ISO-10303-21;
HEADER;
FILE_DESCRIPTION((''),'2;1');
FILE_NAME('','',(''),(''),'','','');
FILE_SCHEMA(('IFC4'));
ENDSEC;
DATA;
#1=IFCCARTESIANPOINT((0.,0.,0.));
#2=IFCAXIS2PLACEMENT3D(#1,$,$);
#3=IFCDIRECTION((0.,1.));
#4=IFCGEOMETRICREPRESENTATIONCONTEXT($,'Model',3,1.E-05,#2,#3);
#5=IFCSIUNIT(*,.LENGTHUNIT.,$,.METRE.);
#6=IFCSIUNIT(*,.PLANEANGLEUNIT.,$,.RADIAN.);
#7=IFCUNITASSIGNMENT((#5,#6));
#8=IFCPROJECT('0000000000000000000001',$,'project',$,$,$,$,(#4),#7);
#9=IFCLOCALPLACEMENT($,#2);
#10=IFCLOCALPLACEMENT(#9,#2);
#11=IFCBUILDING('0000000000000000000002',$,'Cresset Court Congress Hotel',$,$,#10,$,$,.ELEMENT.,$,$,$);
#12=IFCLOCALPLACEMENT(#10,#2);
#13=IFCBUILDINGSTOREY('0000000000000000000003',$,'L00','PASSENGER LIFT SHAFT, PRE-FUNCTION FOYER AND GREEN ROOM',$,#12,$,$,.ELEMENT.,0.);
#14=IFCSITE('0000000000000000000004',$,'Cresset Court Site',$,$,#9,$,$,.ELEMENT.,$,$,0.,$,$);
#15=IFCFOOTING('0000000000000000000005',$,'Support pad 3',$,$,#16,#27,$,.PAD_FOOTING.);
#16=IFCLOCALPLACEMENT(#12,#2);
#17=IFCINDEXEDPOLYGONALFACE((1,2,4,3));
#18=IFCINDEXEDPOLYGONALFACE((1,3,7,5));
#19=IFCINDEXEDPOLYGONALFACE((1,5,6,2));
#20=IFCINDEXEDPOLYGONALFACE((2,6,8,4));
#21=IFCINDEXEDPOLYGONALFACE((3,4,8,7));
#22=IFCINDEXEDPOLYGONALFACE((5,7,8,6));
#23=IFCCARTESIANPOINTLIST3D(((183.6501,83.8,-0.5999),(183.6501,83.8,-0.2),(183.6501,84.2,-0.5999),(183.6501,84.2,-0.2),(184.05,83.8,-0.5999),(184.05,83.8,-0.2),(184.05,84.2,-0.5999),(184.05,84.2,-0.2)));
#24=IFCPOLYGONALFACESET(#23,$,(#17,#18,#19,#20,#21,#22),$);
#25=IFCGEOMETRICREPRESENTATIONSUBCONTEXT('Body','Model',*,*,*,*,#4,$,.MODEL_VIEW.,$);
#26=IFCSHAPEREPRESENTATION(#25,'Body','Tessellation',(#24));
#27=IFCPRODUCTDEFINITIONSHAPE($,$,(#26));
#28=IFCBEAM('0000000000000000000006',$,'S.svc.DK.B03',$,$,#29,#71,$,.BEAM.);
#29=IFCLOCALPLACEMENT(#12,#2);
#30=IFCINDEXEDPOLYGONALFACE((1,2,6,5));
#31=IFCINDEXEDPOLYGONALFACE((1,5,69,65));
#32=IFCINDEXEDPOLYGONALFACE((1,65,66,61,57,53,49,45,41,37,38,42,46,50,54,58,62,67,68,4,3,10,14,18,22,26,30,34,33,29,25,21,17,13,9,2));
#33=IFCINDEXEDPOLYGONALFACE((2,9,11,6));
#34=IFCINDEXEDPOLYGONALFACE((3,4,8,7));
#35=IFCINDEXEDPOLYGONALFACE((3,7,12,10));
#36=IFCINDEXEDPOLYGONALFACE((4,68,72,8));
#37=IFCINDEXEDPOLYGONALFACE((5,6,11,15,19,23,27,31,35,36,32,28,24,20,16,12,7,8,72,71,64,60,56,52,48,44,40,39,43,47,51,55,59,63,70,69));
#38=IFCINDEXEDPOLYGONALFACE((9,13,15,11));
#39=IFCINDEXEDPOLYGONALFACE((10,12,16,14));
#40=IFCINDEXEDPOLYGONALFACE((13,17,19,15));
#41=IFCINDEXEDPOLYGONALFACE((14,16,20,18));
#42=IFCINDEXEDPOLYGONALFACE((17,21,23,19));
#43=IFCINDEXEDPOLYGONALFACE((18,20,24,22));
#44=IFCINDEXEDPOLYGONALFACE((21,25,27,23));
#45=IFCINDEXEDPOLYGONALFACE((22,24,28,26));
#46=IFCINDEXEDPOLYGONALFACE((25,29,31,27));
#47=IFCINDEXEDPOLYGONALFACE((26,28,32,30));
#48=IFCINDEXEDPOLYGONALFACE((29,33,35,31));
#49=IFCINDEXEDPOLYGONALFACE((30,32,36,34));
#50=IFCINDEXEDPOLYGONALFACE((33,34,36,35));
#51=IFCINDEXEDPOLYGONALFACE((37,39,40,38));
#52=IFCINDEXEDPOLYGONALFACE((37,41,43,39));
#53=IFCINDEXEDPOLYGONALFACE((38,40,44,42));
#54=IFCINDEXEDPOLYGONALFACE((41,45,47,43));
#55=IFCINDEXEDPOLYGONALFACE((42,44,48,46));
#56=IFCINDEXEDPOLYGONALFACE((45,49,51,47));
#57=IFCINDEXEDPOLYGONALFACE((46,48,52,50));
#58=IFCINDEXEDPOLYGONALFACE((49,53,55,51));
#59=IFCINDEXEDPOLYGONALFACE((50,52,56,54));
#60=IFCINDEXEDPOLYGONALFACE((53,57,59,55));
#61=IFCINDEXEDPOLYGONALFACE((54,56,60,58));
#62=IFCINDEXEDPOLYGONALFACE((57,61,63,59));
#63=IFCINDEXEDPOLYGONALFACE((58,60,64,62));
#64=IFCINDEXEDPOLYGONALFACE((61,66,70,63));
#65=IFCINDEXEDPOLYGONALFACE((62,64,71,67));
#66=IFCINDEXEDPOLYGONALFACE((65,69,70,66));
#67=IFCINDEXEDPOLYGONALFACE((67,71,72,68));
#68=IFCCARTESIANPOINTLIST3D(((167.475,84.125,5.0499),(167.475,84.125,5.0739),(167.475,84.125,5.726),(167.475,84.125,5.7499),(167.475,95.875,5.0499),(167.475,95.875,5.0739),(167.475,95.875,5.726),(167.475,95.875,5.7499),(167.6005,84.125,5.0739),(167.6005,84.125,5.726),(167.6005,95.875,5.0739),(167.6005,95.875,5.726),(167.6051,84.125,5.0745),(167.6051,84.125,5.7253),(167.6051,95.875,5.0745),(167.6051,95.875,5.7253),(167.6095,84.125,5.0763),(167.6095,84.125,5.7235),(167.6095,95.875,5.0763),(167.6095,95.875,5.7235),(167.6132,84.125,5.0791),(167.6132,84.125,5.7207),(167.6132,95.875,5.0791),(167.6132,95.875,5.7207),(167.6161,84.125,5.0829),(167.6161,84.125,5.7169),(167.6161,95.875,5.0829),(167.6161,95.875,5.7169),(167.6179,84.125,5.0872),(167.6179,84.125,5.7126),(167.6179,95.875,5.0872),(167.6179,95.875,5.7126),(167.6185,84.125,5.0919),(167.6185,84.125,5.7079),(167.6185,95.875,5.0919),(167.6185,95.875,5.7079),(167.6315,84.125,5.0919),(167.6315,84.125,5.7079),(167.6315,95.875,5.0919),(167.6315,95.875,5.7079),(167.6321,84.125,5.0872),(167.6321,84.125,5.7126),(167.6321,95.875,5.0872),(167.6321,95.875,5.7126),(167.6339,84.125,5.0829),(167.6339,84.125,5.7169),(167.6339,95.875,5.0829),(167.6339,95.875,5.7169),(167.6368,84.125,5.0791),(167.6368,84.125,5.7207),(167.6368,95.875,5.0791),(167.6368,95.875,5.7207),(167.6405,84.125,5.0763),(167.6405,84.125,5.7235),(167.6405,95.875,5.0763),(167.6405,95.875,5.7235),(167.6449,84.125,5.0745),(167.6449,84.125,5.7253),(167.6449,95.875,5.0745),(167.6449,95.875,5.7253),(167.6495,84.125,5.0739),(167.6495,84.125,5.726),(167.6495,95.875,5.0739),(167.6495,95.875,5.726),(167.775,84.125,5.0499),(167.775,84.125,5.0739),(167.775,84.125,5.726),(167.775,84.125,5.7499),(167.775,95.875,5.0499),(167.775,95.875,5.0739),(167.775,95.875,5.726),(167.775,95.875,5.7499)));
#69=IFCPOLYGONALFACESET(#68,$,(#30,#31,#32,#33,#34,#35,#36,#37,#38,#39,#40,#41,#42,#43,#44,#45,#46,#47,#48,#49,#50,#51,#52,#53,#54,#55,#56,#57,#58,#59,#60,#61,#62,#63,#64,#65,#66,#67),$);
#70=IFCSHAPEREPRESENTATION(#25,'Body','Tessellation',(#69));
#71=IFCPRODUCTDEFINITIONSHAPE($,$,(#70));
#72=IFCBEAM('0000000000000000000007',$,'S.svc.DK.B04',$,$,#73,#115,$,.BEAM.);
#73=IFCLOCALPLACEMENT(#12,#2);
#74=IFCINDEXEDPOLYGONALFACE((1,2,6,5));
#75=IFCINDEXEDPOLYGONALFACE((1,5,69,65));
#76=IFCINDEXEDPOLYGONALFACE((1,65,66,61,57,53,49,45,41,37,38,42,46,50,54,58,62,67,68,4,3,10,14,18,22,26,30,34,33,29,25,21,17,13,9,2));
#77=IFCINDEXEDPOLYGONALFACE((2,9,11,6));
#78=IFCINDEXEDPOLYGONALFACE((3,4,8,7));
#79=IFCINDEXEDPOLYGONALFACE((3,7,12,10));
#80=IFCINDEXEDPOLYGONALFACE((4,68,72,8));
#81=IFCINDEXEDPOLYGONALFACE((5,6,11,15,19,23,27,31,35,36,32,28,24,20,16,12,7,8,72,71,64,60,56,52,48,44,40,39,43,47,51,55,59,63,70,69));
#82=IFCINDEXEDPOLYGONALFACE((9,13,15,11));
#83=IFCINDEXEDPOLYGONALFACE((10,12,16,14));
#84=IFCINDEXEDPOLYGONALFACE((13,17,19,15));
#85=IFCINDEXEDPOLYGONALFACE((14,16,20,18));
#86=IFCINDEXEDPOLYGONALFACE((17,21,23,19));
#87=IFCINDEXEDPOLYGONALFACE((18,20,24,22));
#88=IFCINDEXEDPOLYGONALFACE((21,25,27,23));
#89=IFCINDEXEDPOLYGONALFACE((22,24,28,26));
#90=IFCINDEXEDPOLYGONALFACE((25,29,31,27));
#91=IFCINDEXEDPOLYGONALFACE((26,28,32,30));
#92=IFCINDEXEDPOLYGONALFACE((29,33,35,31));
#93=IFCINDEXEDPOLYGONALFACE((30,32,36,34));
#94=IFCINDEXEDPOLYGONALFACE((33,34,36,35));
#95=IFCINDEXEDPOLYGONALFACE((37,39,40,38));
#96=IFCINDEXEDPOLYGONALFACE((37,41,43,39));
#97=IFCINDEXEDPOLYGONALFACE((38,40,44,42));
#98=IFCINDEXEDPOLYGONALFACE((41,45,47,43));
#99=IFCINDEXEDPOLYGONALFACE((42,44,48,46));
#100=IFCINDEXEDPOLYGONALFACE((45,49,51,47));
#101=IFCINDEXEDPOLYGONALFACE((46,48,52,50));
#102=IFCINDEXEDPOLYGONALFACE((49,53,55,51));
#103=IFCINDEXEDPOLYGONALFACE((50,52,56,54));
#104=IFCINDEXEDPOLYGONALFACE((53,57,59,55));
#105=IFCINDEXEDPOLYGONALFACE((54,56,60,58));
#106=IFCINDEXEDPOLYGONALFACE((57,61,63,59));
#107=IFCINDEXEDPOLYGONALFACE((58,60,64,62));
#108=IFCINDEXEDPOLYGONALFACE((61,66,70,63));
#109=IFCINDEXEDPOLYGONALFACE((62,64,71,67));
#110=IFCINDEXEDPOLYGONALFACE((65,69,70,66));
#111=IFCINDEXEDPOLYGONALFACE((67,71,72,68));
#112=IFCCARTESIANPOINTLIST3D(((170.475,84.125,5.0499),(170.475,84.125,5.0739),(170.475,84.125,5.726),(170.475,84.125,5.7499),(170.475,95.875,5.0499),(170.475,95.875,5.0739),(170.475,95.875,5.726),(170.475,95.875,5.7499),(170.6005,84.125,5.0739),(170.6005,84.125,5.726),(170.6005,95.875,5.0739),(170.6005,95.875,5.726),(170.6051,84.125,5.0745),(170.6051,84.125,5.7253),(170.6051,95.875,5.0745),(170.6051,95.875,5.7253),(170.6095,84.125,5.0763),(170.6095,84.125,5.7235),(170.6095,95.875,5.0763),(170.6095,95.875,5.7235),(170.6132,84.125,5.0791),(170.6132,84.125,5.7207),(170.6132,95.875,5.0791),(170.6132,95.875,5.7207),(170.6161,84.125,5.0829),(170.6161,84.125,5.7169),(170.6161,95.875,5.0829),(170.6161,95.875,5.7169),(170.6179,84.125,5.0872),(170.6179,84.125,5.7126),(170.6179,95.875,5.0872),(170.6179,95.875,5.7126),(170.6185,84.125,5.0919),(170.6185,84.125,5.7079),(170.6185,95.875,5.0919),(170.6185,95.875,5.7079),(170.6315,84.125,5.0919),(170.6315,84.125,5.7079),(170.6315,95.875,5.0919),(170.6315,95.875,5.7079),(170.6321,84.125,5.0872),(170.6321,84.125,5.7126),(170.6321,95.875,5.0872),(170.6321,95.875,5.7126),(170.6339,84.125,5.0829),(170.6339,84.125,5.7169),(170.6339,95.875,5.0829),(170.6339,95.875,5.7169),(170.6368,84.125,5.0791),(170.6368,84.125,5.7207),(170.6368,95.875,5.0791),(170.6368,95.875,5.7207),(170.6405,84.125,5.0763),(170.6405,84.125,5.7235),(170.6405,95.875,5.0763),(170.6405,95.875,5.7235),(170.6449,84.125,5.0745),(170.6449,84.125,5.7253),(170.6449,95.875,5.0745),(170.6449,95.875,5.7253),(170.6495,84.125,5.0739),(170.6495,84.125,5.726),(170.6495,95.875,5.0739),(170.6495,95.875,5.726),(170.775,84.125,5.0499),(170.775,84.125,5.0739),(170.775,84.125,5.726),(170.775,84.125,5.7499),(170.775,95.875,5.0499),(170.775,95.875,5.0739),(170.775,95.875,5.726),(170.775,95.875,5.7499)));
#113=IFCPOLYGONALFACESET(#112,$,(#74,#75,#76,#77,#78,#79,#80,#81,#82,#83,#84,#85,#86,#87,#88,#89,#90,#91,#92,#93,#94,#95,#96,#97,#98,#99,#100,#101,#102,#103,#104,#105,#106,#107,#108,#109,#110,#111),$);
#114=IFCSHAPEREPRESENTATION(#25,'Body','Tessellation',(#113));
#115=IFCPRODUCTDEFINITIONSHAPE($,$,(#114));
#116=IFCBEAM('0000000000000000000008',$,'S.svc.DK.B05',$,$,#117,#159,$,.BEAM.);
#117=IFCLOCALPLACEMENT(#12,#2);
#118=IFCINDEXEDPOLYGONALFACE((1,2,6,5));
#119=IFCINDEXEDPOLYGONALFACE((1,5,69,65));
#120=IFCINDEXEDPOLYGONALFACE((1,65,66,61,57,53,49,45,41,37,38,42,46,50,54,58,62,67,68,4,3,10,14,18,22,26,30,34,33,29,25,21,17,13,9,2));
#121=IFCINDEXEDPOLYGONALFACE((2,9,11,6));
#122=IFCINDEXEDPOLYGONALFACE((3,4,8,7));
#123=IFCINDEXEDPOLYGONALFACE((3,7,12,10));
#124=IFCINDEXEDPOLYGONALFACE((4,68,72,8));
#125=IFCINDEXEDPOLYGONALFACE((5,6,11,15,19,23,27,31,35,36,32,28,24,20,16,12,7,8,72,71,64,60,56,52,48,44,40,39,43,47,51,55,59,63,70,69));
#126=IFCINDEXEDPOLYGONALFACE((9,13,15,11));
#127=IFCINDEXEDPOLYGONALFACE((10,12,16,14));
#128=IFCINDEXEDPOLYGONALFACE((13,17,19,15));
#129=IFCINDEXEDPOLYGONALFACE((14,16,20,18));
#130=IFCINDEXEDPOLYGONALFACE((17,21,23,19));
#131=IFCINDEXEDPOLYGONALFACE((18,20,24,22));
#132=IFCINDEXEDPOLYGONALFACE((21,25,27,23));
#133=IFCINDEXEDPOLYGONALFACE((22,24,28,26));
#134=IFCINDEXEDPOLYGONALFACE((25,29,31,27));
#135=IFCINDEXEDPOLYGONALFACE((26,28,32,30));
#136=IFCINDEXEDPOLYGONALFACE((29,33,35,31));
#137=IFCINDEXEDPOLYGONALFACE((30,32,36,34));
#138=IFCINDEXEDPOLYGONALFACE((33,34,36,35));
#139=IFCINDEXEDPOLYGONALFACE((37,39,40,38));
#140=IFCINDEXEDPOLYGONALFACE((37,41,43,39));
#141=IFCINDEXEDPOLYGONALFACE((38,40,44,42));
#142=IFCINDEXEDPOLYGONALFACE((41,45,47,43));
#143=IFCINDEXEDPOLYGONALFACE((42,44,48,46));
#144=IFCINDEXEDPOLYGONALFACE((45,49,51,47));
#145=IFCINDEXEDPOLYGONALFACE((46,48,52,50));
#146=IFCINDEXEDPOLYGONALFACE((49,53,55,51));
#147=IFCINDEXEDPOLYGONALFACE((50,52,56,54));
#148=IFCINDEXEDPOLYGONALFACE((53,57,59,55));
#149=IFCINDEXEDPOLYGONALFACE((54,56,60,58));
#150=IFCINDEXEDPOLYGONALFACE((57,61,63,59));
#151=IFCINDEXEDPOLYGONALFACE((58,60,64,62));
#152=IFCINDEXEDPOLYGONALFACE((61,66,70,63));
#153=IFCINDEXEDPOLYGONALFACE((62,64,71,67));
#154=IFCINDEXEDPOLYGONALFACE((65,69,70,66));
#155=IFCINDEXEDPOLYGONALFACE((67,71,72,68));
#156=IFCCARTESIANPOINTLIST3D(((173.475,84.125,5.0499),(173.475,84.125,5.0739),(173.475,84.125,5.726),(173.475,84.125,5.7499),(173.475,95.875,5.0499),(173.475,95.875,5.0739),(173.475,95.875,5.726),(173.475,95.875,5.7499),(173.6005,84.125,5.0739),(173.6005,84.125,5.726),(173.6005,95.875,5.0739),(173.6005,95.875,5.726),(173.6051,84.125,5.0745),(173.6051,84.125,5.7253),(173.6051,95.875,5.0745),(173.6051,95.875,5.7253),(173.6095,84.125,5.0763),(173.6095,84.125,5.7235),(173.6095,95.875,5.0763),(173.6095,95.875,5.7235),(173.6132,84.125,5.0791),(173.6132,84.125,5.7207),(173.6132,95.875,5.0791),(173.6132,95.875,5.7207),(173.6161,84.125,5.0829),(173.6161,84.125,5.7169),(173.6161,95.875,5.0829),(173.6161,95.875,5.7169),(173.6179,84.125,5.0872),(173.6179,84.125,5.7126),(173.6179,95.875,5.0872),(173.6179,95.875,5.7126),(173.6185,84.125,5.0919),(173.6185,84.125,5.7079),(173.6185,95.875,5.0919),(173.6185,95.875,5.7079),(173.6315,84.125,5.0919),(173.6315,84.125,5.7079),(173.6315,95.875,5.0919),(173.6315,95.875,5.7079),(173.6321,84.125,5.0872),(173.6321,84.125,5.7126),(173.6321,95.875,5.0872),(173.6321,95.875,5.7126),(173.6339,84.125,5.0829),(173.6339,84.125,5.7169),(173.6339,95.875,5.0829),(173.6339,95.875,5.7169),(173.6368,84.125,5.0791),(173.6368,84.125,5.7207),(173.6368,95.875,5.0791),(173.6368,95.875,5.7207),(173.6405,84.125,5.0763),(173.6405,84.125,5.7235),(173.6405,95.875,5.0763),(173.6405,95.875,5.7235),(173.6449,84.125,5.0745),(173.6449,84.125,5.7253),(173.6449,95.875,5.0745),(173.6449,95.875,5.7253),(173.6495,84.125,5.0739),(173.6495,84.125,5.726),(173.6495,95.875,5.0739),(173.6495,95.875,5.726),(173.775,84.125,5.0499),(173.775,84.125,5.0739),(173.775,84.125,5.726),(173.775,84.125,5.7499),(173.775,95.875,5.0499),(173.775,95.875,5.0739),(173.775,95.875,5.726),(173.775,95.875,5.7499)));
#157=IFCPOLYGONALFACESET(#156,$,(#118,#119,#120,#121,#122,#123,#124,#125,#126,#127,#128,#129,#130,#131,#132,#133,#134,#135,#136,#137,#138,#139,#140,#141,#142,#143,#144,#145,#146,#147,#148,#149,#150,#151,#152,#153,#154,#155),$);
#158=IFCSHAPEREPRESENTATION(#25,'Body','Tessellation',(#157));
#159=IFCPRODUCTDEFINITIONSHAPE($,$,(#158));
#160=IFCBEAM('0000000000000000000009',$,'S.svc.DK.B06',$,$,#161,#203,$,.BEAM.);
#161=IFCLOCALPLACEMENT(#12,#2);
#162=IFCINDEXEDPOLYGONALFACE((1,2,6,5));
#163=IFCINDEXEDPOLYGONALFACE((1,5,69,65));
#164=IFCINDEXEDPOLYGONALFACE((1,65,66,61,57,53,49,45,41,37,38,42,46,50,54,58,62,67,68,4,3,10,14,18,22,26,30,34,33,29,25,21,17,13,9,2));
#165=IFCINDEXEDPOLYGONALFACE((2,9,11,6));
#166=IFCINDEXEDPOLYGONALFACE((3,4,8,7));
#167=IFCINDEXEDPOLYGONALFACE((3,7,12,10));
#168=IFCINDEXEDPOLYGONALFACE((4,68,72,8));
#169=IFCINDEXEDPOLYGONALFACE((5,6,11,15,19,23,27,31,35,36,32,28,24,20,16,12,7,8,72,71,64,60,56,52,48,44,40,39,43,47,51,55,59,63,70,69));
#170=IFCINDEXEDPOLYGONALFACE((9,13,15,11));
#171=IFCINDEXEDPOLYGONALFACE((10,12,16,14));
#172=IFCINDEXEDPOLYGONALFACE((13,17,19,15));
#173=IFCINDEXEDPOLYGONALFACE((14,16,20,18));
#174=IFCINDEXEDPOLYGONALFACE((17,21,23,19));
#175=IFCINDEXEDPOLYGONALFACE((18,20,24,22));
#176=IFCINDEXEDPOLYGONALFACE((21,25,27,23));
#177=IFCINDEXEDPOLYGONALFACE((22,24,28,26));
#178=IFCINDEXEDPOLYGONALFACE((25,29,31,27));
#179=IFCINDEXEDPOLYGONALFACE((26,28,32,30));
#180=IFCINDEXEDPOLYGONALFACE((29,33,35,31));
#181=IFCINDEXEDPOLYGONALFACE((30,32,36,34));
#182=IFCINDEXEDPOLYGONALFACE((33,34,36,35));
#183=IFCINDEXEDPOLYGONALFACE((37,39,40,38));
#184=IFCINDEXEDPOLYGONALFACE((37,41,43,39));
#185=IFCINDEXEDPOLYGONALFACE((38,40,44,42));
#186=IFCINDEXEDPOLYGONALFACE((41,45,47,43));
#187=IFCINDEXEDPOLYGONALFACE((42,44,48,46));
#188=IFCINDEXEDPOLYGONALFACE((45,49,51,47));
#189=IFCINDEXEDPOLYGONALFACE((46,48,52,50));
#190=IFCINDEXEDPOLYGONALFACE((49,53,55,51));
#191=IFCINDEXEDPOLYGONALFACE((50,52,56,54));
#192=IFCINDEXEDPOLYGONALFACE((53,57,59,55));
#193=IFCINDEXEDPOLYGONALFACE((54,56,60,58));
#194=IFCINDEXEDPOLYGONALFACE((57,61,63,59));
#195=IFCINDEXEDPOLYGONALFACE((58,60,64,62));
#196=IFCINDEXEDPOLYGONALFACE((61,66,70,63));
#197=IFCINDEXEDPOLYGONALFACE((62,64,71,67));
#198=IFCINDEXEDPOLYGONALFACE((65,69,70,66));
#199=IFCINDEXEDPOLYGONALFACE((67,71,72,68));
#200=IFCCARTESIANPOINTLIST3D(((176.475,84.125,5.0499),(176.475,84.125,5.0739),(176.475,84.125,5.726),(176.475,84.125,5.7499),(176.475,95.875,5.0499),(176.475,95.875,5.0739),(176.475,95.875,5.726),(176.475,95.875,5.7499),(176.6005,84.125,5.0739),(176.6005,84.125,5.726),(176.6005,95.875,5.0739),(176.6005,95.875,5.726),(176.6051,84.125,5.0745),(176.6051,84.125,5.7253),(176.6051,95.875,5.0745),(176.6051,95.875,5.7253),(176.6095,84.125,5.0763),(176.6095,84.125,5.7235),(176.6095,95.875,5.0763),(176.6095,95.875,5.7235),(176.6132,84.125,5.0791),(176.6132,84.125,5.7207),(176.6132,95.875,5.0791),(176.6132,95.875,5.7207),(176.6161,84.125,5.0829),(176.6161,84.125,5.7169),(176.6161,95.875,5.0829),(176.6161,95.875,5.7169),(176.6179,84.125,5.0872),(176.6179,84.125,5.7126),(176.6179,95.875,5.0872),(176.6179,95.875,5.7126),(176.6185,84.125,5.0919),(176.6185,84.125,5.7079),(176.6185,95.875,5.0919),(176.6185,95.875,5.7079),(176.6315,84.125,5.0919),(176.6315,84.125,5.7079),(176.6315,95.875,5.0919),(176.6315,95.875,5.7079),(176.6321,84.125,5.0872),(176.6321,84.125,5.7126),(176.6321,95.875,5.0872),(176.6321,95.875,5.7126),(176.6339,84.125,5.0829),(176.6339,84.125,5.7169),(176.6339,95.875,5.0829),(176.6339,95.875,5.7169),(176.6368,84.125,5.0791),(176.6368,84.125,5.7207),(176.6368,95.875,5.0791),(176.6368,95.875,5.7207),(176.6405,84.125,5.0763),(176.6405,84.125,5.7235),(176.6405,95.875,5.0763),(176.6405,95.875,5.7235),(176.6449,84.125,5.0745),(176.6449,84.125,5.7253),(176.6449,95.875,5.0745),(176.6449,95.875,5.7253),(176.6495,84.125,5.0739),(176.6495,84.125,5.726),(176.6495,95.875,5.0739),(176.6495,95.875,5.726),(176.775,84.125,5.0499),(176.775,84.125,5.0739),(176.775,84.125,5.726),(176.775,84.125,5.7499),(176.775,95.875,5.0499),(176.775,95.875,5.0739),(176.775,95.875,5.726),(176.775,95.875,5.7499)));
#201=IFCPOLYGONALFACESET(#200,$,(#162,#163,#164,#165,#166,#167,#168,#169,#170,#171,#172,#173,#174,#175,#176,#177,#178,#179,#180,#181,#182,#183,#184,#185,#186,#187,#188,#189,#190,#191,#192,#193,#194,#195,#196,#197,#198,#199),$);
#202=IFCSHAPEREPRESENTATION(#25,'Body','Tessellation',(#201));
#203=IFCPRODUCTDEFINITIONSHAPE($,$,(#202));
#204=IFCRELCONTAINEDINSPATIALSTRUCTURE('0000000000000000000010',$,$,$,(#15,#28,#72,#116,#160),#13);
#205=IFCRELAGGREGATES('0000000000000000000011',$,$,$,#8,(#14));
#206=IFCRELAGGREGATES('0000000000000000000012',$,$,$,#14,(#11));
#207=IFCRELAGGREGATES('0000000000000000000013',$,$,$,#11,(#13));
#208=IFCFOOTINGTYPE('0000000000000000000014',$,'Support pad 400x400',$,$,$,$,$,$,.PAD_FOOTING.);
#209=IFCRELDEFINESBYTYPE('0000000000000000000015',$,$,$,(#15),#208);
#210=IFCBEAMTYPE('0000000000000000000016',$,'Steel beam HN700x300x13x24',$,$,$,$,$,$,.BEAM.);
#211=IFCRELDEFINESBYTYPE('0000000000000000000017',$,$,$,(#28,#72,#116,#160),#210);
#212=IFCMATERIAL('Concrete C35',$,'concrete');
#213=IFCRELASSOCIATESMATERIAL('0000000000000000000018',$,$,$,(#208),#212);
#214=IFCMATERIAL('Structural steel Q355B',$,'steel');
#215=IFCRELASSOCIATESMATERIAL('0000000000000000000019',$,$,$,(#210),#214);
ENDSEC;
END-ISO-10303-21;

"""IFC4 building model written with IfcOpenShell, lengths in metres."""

from ifc_helpers import new_model, si_unit, direction, frame, origin, origin_2d, place, context, subcontext, project, spatial, rectangle, i_section, extrude, material, material_profile, profile_set, type_object, element, save


model = new_model("IFC4")

# Units and contexts
model_context = context("Model", 3, precision=1e-05, world=origin(), true_north=direction((0.0, 1.0)))
body_context = subcontext(model_context, "Body", "Model", "MODEL_VIEW")
ifc_project = project(units=[si_unit("LENGTHUNIT", "METRE"), si_unit("PLANEANGLEUNIT", "RADIAN")], contexts=[model_context])

# Site, building, storey
site_placement = place(None, origin())
site = spatial("IfcSite", under=ifc_project, at=site_placement, Name="Cresset Court Site", CompositionType="ELEMENT", RefElevation=0.0)
building_placement = place(site_placement, origin())
building = spatial("IfcBuilding", under=site, at=building_placement, Name="Cresset Court Congress Hotel", CompositionType="ELEMENT")
storey_placement = place(building_placement, origin())
storey = spatial("IfcBuildingStorey", under=building, at=storey_placement, Name="L00", Description="PASSENGER LIFT SHAFT, PRE-FUNCTION FOYER AND GREEN ROOM", CompositionType="ELEMENT", Elevation=0.0)

# Footing
ifc_material_1 = material(Name="Concrete C35", Category="concrete")
footing_type = type_object("IfcFootingType", Name="Support pad 400x400", PredefinedType="PAD_FOOTING", material=ifc_material_1)
for number, where, z_axis, x_axis, name in (
    (1, (183.8501, 84.0, -0.5999), (0.0, 0.0, 1.0), (1.0, 0.0, 0.0), "Support pad 3"),
):
    element("IfcFooting", number, at=place(storey_placement, frame(where, z_axis=z_axis, x_axis=x_axis)), inside=storey, type_object=footing_type, Name=name, PredefinedType="PAD_FOOTING", context=body_context, shape_type="SweptSolid", body=[
        extrude(rectangle(XDim=0.3999, YDim=0.3999, at=origin_2d()), origin(), (0.0, 0.0, 1.0), 0.3999),
    ])

# Beams
ifc_material_2 = material(Name="Structural steel Q355B", Category="steel")
ifc_material_profile = material_profile(ifc_material_2, i_section(OverallWidth=0.3, OverallDepth=0.7, WebThickness=0.0129, FlangeThickness=0.0239, FilletRadius=0.0181, at=origin_2d()), Name="HN700x300x13x24")
ifc_profile_set = profile_set([ifc_material_profile], Name="Structural steel Q355B")
beam_type = type_object("IfcBeamType", Name="Steel beam HN700x300x13x24", PredefinedType="BEAM", material=ifc_profile_set)
for number, where, z_axis, x_axis, name in (
    (2, (167.625, 84.125, 5.3999), (0.0, 1.0, 0.0), (-1.0, 0.0, 0.0), "S.svc.DK.B03"),
    (3, (170.625, 84.125, 5.3999), (0.0, 1.0, 0.0), (-1.0, 0.0, 0.0), "S.svc.DK.B04"),
    (4, (173.625, 84.125, 5.3999), (0.0, 1.0, 0.0), (-1.0, 0.0, 0.0), "S.svc.DK.B05"),
    (5, (176.625, 84.125, 5.3999), (0.0, 1.0, 0.0), (-1.0, 0.0, 0.0), "S.svc.DK.B06"),
):
    element("IfcBeam", number, at=place(storey_placement, frame(where, z_axis=z_axis, x_axis=x_axis)), inside=storey, type_object=beam_type, Name=name, PredefinedType="BEAM", context=body_context, shape_type="SweptSolid", body=[
        extrude(i_section(OverallWidth=0.3, OverallDepth=0.7, WebThickness=0.0129, FlangeThickness=0.0239, FilletRadius=0.0181, at=origin_2d()), origin(), (0.0, 0.0, 1.0), 11.75),
    ])

save(model, "model.ifc")
